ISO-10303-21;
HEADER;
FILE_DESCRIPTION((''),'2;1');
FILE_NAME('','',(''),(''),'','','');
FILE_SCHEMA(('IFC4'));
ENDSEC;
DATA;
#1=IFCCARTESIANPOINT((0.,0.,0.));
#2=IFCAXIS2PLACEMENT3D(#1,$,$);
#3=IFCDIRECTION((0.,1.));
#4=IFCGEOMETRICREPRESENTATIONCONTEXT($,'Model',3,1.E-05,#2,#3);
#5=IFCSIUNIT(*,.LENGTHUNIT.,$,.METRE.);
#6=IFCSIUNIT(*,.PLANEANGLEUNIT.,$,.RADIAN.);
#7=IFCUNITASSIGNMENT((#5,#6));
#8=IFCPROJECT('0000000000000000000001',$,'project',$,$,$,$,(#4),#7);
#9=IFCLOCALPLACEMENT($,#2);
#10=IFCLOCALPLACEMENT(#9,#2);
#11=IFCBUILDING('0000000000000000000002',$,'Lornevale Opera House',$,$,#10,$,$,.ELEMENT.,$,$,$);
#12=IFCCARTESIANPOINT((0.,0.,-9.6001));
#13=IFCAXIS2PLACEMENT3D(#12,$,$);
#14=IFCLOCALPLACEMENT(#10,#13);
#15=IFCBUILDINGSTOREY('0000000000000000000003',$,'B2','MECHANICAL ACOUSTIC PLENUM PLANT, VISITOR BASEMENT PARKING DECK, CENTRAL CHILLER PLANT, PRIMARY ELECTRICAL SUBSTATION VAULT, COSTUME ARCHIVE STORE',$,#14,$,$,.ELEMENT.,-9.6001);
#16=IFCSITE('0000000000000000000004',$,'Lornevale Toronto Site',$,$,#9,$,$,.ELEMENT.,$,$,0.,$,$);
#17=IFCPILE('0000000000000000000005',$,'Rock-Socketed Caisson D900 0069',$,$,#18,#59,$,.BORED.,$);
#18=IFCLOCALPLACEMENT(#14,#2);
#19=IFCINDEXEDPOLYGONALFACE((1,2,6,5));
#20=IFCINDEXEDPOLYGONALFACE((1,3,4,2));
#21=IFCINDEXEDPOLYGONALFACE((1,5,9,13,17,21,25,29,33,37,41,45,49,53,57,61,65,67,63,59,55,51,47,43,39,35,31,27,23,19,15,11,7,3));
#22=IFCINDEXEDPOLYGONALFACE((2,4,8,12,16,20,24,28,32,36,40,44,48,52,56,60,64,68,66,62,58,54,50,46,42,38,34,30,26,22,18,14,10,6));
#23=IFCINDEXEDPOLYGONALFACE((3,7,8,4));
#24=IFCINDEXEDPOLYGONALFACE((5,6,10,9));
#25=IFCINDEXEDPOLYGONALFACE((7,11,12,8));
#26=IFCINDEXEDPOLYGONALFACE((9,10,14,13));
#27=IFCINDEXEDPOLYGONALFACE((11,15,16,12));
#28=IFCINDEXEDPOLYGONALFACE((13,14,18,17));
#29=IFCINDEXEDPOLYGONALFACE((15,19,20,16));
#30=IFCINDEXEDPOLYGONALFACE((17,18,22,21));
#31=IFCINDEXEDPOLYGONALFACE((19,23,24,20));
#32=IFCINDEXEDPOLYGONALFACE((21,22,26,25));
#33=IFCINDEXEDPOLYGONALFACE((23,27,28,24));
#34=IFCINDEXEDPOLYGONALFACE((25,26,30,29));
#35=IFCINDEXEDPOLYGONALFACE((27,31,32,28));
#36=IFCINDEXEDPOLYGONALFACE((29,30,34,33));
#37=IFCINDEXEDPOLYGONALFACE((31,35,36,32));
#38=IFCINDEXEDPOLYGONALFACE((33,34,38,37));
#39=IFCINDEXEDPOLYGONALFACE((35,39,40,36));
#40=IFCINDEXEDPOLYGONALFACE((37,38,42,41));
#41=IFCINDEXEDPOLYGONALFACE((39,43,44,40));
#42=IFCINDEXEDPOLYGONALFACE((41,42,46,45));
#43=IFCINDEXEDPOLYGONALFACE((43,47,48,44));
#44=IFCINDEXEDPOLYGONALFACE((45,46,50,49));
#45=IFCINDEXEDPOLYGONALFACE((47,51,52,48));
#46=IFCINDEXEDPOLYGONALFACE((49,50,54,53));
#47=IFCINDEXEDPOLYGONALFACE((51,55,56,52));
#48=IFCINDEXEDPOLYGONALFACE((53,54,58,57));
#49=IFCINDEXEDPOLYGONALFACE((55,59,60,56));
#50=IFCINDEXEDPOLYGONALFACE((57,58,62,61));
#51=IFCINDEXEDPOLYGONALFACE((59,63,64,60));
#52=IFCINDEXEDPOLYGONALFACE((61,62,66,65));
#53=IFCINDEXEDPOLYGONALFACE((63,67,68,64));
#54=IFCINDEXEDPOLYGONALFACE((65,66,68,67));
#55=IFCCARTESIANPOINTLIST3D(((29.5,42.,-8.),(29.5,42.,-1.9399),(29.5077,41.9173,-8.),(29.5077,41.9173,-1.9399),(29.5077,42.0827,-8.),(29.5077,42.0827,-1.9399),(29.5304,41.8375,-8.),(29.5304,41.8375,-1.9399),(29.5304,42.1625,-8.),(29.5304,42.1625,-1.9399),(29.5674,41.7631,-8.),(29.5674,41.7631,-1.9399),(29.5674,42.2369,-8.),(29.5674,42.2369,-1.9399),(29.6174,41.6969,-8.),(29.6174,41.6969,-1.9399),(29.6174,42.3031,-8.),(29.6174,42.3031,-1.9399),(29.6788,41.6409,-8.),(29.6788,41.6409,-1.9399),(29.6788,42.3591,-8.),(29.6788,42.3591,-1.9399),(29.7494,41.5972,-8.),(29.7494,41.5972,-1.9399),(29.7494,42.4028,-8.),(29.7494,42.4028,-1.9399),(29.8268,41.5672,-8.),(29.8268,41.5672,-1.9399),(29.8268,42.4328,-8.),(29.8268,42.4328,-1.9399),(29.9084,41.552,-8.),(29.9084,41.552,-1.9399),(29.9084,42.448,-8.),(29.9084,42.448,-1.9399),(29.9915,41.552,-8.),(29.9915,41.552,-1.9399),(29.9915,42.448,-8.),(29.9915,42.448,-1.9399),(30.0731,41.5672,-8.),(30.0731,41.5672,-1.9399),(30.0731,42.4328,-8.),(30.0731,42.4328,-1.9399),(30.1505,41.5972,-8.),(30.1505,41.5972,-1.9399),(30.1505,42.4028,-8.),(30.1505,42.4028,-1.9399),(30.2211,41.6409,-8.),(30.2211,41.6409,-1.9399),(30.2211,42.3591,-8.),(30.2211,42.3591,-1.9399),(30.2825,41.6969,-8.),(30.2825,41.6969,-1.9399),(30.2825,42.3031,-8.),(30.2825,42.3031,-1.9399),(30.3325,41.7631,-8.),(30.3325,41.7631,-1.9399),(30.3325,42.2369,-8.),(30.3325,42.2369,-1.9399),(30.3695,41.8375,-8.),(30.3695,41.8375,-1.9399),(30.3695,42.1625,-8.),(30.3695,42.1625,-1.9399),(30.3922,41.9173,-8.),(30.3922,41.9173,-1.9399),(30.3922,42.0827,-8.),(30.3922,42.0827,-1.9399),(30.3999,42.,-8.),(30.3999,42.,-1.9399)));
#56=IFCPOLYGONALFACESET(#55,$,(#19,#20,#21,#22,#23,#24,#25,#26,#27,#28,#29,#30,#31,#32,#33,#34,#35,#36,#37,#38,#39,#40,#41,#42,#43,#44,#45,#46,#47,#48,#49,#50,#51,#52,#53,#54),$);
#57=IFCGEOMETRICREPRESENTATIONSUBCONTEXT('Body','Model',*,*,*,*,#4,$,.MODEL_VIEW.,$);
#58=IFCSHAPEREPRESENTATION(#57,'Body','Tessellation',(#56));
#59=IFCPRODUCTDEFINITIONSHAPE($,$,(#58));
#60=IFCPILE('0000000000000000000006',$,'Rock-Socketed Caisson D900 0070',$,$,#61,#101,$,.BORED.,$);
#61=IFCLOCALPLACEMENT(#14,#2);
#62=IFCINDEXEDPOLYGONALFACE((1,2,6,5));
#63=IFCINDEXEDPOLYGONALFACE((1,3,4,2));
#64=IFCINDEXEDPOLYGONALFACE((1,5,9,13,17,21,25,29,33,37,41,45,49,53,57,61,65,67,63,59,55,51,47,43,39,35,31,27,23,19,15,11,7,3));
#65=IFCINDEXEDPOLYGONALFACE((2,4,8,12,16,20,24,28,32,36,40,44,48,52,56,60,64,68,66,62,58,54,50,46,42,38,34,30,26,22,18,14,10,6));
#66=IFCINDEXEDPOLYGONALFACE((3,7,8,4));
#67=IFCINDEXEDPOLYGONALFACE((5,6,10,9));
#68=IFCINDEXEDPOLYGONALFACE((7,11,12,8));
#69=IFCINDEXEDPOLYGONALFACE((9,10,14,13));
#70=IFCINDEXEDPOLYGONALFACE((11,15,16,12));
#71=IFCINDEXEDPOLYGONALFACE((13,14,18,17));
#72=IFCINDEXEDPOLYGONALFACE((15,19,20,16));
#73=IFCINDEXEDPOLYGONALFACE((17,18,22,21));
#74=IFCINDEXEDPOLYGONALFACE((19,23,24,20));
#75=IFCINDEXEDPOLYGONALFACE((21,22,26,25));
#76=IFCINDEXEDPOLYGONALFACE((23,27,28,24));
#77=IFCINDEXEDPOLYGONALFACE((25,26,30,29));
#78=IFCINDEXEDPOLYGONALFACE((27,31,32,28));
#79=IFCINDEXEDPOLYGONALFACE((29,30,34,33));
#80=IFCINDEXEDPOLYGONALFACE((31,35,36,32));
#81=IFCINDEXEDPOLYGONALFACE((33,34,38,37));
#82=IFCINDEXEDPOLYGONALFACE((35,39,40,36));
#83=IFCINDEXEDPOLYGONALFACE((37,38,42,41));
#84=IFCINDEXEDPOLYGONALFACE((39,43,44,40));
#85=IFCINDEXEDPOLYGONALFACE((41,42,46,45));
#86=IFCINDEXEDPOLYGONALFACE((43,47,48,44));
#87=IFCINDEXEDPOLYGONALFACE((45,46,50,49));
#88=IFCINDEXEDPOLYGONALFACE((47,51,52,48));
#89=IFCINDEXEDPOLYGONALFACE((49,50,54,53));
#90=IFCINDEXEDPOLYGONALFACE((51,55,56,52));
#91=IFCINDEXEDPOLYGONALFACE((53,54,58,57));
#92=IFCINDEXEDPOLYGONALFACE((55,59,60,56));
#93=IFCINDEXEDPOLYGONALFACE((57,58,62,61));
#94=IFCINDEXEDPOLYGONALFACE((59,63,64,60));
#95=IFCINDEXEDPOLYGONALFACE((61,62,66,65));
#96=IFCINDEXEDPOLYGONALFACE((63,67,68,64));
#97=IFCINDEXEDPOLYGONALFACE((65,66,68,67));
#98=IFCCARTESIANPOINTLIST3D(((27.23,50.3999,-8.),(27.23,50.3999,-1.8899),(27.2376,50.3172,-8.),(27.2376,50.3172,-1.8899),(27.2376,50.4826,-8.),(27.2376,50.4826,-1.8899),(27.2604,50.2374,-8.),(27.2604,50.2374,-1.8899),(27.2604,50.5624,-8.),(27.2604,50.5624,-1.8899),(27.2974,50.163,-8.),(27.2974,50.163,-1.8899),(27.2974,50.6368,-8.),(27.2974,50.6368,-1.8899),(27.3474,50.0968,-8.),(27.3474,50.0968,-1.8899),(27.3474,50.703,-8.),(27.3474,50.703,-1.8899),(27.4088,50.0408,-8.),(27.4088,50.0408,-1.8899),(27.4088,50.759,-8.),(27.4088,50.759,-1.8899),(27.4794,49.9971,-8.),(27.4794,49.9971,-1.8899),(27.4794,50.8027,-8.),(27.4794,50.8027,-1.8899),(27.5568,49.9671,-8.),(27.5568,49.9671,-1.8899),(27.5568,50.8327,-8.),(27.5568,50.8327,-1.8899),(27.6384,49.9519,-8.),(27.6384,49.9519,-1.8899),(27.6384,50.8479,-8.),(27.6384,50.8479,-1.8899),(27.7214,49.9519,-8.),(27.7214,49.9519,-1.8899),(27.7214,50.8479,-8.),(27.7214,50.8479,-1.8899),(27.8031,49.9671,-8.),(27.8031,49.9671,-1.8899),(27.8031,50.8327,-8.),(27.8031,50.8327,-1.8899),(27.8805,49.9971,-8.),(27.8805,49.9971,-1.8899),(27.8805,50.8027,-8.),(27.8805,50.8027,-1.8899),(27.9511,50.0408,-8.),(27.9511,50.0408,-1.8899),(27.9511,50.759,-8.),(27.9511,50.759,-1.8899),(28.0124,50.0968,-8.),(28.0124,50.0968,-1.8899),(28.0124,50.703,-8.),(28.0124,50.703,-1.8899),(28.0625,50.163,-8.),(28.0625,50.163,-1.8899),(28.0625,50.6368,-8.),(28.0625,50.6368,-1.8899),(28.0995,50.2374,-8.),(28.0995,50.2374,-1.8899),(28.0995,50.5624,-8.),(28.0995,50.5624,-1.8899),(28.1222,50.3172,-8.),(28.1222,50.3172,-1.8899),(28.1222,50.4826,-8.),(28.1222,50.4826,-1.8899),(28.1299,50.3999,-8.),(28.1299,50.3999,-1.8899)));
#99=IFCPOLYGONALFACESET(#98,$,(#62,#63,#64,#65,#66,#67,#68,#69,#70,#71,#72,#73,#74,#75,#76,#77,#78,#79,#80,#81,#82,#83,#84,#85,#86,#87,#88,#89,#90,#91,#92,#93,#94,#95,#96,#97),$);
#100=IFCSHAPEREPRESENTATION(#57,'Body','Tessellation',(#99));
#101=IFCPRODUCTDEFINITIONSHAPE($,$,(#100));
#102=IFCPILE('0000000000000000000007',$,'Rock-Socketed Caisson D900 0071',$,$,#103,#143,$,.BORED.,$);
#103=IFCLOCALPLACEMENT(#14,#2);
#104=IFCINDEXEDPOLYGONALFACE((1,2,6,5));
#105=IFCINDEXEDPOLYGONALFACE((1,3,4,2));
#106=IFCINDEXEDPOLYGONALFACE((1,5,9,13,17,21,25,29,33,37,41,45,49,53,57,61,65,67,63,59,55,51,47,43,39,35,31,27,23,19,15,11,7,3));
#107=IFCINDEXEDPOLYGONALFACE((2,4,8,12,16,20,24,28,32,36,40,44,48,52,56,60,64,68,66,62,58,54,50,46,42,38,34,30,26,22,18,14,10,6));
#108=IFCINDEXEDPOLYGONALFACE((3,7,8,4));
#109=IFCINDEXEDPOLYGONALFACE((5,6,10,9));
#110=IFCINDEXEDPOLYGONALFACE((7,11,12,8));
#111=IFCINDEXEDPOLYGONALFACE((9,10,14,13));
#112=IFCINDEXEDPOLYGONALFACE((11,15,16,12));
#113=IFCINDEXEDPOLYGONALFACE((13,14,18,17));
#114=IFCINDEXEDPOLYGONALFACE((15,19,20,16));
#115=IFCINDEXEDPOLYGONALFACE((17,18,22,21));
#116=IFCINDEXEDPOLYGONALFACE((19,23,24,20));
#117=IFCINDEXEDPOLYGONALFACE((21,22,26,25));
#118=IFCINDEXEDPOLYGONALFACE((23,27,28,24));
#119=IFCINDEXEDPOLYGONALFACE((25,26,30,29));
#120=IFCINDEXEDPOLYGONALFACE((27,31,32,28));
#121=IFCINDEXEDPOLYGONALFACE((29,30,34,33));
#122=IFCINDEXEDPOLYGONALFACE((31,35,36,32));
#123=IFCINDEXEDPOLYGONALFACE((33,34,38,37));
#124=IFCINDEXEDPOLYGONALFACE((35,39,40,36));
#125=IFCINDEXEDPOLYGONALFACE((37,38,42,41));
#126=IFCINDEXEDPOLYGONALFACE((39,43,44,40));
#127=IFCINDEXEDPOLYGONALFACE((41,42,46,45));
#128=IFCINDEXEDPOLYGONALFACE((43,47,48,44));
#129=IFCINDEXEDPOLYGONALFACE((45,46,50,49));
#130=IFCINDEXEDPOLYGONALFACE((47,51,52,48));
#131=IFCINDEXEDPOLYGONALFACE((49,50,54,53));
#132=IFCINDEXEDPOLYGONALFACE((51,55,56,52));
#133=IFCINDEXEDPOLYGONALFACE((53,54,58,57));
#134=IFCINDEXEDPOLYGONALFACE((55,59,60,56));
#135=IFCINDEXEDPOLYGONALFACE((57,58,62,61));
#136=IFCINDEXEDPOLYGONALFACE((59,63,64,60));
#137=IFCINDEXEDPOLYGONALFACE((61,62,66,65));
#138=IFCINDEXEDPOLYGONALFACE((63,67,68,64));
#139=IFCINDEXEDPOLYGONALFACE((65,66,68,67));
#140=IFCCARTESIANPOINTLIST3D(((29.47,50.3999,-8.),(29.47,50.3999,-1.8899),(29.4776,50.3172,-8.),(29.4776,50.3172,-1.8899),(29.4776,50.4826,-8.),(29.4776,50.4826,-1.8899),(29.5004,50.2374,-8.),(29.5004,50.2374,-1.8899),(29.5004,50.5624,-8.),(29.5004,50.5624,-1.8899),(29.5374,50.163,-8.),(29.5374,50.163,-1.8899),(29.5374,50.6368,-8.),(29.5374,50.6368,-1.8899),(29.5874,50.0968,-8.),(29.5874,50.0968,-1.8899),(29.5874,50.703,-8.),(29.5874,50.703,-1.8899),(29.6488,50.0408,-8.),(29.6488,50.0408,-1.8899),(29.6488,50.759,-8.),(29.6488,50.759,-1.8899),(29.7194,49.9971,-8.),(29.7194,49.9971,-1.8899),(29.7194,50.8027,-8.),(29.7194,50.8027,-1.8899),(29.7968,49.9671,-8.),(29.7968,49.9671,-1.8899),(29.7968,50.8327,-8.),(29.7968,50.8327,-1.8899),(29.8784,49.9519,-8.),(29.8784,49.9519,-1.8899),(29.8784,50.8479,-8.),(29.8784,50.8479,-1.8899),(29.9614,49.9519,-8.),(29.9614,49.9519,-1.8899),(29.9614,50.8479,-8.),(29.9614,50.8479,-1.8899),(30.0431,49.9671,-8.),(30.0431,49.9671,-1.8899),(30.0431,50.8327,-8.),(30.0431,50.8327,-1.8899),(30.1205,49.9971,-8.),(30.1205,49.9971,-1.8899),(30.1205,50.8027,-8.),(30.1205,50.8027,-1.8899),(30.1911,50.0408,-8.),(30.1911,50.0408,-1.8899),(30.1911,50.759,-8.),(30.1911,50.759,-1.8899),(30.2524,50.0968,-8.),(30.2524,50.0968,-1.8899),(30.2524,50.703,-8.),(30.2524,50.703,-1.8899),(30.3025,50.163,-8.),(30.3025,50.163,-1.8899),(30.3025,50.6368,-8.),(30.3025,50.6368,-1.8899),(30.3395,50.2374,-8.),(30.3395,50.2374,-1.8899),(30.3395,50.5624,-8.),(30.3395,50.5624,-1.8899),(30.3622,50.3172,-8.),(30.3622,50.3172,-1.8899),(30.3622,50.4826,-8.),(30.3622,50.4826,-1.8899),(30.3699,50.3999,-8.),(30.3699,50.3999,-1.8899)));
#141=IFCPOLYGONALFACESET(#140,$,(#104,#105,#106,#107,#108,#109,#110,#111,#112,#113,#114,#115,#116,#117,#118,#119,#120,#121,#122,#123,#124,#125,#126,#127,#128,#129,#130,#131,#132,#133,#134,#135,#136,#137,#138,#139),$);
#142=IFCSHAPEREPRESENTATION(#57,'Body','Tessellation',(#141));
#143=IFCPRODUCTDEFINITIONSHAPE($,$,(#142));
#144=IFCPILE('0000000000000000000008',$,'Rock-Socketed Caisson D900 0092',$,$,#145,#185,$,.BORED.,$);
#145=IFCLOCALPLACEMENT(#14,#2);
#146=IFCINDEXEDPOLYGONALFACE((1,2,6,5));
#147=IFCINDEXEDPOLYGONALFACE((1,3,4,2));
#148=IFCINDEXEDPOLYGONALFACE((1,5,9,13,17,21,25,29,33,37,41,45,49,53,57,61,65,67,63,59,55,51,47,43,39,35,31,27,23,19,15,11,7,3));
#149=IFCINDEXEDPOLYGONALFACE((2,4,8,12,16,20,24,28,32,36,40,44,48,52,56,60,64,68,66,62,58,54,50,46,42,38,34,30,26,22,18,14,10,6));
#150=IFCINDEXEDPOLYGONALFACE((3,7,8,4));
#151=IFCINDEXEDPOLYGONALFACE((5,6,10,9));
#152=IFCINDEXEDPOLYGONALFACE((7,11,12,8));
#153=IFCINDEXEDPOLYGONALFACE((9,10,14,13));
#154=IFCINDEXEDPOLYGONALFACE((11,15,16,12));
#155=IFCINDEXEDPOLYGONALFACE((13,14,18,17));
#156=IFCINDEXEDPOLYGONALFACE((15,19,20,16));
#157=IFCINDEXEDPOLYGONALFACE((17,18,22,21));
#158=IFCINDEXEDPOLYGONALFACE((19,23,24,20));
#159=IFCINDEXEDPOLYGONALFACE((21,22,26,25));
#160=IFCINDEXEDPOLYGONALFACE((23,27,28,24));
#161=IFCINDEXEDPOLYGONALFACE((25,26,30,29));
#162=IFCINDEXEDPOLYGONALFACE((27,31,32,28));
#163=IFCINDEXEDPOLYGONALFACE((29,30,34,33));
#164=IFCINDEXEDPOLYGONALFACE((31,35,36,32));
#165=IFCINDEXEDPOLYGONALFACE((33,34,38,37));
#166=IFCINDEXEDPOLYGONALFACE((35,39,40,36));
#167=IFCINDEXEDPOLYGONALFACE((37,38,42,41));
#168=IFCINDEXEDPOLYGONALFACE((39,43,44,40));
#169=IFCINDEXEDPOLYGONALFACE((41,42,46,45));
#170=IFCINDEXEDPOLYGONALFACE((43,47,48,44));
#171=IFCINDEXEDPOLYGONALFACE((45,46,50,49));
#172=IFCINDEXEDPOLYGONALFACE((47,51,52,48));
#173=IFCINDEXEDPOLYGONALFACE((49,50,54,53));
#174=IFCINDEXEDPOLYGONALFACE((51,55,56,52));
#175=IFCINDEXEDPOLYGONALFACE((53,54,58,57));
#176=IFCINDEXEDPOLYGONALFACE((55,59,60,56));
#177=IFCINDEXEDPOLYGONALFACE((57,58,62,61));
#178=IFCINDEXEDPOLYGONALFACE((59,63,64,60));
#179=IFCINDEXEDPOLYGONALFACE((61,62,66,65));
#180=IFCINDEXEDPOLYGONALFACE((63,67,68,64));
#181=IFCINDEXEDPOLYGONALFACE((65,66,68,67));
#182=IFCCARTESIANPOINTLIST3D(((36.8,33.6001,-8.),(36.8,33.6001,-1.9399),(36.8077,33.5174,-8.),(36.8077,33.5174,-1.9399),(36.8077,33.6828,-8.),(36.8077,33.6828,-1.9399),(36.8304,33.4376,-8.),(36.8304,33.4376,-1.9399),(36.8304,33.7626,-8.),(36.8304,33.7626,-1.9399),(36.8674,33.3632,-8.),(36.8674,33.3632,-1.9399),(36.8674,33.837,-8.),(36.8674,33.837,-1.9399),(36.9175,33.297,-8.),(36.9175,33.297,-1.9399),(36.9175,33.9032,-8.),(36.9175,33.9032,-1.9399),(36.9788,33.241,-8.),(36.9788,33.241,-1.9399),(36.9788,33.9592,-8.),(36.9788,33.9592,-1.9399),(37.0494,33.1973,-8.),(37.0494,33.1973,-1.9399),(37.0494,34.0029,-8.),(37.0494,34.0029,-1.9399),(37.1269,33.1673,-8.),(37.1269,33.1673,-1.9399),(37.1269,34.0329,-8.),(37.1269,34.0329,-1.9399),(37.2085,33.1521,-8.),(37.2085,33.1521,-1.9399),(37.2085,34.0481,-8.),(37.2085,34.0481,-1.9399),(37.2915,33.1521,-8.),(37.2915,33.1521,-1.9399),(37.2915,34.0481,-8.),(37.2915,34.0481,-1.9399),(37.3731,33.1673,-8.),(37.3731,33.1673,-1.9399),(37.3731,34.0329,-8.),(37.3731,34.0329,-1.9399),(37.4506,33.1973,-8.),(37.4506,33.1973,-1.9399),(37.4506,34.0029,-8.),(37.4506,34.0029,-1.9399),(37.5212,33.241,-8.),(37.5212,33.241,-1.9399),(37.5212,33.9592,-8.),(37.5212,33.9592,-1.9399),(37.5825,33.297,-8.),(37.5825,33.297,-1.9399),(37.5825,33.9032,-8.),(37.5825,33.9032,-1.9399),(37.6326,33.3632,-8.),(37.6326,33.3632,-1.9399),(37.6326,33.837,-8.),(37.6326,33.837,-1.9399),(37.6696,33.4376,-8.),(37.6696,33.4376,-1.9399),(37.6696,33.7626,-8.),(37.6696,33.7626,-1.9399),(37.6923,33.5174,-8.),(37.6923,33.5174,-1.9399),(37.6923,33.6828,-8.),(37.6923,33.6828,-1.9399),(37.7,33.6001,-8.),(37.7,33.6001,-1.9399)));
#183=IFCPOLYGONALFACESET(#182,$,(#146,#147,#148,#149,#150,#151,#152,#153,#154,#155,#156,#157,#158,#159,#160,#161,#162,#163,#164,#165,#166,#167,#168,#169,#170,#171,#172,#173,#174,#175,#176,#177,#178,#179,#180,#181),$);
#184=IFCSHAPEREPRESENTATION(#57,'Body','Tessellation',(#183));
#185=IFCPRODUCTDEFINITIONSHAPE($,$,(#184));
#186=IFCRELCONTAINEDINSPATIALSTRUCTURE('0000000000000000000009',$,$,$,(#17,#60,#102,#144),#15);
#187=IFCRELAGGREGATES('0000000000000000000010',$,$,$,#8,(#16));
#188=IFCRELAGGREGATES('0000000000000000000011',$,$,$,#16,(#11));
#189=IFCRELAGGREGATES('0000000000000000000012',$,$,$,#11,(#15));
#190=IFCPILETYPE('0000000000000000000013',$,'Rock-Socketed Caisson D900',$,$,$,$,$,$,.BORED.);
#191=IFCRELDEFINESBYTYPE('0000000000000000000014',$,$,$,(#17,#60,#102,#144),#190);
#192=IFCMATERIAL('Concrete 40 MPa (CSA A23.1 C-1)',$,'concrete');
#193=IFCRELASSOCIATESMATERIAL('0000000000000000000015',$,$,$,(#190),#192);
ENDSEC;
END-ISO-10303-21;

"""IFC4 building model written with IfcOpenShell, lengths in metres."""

from ifc_helpers import new_model, si_unit, direction, frame, origin, origin_2d, place, context, subcontext, project, spatial, circle, extrude, material, material_profile, profile_set, type_object, element, save


model = new_model("IFC4")

# Units and contexts
model_context = context("Model", 3, precision=1e-05, world=origin(), true_north=direction((0.0, 1.0)))
body_context = subcontext(model_context, "Body", "Model", "MODEL_VIEW")
ifc_project = project(units=[si_unit("LENGTHUNIT", "METRE"), si_unit("PLANEANGLEUNIT", "RADIAN")], contexts=[model_context])

# Site, building, storey
site_placement = place(None, origin())
site = spatial("IfcSite", under=ifc_project, at=site_placement, Name="Lornevale Toronto Site", CompositionType="ELEMENT", RefElevation=0.0)
building_placement = place(site_placement, origin())
building = spatial("IfcBuilding", under=site, at=building_placement, Name="Lornevale Opera House", CompositionType="ELEMENT")
storey_placement = place(building_placement, frame((0.0, 0.0, -9.6001)))
storey = spatial("IfcBuildingStorey", under=building, at=storey_placement, Name="B2", Description="MECHANICAL ACOUSTIC PLENUM PLANT, VISITOR BASEMENT PARKING DECK, CENTRAL CHILLER PLANT, PRIMARY ELECTRICAL SUBSTATION VAULT, COSTUME ARCHIVE STORE", CompositionType="ELEMENT", Elevation=-9.6001)

# Piles
ifc_material_1 = material(Name="Concrete 40 MPa (CSA A23.1 C-1)", Category="concrete")
ifc_material_profile_1 = material_profile(ifc_material_1, circle(Radius=0.45, at=origin_2d()), Name="CAIS900")
ifc_profile_set_1 = profile_set([ifc_material_profile_1], Name="Concrete 40 MPa (CSA A23.1 C-1)")
pile_type_1 = type_object("IfcPileType", Name="Rock-Socketed Caisson D900", PredefinedType="BORED", material=ifc_profile_set_1)
for number, where, z_axis, x_axis, name in (
    (1, (29.95, 42.0, -1.9399), (0.0, 0.0, -1.0), (1.0, 0.0, 0.0), "Rock-Socketed Caisson D900 0069"),
):
    element("IfcPile", number, at=place(storey_placement, frame(where, z_axis=z_axis, x_axis=x_axis)), inside=storey, type_object=pile_type_1, Name=name, PredefinedType="BORED", context=body_context, shape_type="SweptSolid", body=[
        extrude(circle(Radius=0.45, at=origin_2d()), origin(), (0.0, 0.0, 1.0), 6.0601),
    ])
for number, where, z_axis, x_axis, name in (
    (2, (27.6799, 50.3999, -1.8899), (0.0, 0.0, -1.0), (1.0, 0.0, 0.0), "Rock-Socketed Caisson D900 0070"),
    (3, (29.9199, 50.3999, -1.8899), (0.0, 0.0, -1.0), (1.0, 0.0, 0.0), "Rock-Socketed Caisson D900 0071"),
):
    element("IfcPile", number, at=place(storey_placement, frame(where, z_axis=z_axis, x_axis=x_axis)), inside=storey, type_object=pile_type_1, Name=name, PredefinedType="BORED", context=body_context, shape_type="SweptSolid", body=[
        extrude(circle(Radius=0.45, at=origin_2d()), origin(), (0.0, 0.0, 1.0), 6.1101),
    ])
for number, where, z_axis, x_axis, name in (
    (4, (37.25, 33.6001, -1.9399), (0.0, 0.0, -1.0), (1.0, 0.0, 0.0), "Rock-Socketed Caisson D900 0092"),
):
    element("IfcPile", number, at=place(storey_placement, frame(where, z_axis=z_axis, x_axis=x_axis)), inside=storey, type_object=pile_type_1, Name=name, PredefinedType="BORED", context=body_context, shape_type="SweptSolid", body=[
        extrude(circle(Radius=0.45, at=origin_2d()), origin(), (0.0, 0.0, 1.0), 6.0601),
    ])

save(model, "model.ifc")
